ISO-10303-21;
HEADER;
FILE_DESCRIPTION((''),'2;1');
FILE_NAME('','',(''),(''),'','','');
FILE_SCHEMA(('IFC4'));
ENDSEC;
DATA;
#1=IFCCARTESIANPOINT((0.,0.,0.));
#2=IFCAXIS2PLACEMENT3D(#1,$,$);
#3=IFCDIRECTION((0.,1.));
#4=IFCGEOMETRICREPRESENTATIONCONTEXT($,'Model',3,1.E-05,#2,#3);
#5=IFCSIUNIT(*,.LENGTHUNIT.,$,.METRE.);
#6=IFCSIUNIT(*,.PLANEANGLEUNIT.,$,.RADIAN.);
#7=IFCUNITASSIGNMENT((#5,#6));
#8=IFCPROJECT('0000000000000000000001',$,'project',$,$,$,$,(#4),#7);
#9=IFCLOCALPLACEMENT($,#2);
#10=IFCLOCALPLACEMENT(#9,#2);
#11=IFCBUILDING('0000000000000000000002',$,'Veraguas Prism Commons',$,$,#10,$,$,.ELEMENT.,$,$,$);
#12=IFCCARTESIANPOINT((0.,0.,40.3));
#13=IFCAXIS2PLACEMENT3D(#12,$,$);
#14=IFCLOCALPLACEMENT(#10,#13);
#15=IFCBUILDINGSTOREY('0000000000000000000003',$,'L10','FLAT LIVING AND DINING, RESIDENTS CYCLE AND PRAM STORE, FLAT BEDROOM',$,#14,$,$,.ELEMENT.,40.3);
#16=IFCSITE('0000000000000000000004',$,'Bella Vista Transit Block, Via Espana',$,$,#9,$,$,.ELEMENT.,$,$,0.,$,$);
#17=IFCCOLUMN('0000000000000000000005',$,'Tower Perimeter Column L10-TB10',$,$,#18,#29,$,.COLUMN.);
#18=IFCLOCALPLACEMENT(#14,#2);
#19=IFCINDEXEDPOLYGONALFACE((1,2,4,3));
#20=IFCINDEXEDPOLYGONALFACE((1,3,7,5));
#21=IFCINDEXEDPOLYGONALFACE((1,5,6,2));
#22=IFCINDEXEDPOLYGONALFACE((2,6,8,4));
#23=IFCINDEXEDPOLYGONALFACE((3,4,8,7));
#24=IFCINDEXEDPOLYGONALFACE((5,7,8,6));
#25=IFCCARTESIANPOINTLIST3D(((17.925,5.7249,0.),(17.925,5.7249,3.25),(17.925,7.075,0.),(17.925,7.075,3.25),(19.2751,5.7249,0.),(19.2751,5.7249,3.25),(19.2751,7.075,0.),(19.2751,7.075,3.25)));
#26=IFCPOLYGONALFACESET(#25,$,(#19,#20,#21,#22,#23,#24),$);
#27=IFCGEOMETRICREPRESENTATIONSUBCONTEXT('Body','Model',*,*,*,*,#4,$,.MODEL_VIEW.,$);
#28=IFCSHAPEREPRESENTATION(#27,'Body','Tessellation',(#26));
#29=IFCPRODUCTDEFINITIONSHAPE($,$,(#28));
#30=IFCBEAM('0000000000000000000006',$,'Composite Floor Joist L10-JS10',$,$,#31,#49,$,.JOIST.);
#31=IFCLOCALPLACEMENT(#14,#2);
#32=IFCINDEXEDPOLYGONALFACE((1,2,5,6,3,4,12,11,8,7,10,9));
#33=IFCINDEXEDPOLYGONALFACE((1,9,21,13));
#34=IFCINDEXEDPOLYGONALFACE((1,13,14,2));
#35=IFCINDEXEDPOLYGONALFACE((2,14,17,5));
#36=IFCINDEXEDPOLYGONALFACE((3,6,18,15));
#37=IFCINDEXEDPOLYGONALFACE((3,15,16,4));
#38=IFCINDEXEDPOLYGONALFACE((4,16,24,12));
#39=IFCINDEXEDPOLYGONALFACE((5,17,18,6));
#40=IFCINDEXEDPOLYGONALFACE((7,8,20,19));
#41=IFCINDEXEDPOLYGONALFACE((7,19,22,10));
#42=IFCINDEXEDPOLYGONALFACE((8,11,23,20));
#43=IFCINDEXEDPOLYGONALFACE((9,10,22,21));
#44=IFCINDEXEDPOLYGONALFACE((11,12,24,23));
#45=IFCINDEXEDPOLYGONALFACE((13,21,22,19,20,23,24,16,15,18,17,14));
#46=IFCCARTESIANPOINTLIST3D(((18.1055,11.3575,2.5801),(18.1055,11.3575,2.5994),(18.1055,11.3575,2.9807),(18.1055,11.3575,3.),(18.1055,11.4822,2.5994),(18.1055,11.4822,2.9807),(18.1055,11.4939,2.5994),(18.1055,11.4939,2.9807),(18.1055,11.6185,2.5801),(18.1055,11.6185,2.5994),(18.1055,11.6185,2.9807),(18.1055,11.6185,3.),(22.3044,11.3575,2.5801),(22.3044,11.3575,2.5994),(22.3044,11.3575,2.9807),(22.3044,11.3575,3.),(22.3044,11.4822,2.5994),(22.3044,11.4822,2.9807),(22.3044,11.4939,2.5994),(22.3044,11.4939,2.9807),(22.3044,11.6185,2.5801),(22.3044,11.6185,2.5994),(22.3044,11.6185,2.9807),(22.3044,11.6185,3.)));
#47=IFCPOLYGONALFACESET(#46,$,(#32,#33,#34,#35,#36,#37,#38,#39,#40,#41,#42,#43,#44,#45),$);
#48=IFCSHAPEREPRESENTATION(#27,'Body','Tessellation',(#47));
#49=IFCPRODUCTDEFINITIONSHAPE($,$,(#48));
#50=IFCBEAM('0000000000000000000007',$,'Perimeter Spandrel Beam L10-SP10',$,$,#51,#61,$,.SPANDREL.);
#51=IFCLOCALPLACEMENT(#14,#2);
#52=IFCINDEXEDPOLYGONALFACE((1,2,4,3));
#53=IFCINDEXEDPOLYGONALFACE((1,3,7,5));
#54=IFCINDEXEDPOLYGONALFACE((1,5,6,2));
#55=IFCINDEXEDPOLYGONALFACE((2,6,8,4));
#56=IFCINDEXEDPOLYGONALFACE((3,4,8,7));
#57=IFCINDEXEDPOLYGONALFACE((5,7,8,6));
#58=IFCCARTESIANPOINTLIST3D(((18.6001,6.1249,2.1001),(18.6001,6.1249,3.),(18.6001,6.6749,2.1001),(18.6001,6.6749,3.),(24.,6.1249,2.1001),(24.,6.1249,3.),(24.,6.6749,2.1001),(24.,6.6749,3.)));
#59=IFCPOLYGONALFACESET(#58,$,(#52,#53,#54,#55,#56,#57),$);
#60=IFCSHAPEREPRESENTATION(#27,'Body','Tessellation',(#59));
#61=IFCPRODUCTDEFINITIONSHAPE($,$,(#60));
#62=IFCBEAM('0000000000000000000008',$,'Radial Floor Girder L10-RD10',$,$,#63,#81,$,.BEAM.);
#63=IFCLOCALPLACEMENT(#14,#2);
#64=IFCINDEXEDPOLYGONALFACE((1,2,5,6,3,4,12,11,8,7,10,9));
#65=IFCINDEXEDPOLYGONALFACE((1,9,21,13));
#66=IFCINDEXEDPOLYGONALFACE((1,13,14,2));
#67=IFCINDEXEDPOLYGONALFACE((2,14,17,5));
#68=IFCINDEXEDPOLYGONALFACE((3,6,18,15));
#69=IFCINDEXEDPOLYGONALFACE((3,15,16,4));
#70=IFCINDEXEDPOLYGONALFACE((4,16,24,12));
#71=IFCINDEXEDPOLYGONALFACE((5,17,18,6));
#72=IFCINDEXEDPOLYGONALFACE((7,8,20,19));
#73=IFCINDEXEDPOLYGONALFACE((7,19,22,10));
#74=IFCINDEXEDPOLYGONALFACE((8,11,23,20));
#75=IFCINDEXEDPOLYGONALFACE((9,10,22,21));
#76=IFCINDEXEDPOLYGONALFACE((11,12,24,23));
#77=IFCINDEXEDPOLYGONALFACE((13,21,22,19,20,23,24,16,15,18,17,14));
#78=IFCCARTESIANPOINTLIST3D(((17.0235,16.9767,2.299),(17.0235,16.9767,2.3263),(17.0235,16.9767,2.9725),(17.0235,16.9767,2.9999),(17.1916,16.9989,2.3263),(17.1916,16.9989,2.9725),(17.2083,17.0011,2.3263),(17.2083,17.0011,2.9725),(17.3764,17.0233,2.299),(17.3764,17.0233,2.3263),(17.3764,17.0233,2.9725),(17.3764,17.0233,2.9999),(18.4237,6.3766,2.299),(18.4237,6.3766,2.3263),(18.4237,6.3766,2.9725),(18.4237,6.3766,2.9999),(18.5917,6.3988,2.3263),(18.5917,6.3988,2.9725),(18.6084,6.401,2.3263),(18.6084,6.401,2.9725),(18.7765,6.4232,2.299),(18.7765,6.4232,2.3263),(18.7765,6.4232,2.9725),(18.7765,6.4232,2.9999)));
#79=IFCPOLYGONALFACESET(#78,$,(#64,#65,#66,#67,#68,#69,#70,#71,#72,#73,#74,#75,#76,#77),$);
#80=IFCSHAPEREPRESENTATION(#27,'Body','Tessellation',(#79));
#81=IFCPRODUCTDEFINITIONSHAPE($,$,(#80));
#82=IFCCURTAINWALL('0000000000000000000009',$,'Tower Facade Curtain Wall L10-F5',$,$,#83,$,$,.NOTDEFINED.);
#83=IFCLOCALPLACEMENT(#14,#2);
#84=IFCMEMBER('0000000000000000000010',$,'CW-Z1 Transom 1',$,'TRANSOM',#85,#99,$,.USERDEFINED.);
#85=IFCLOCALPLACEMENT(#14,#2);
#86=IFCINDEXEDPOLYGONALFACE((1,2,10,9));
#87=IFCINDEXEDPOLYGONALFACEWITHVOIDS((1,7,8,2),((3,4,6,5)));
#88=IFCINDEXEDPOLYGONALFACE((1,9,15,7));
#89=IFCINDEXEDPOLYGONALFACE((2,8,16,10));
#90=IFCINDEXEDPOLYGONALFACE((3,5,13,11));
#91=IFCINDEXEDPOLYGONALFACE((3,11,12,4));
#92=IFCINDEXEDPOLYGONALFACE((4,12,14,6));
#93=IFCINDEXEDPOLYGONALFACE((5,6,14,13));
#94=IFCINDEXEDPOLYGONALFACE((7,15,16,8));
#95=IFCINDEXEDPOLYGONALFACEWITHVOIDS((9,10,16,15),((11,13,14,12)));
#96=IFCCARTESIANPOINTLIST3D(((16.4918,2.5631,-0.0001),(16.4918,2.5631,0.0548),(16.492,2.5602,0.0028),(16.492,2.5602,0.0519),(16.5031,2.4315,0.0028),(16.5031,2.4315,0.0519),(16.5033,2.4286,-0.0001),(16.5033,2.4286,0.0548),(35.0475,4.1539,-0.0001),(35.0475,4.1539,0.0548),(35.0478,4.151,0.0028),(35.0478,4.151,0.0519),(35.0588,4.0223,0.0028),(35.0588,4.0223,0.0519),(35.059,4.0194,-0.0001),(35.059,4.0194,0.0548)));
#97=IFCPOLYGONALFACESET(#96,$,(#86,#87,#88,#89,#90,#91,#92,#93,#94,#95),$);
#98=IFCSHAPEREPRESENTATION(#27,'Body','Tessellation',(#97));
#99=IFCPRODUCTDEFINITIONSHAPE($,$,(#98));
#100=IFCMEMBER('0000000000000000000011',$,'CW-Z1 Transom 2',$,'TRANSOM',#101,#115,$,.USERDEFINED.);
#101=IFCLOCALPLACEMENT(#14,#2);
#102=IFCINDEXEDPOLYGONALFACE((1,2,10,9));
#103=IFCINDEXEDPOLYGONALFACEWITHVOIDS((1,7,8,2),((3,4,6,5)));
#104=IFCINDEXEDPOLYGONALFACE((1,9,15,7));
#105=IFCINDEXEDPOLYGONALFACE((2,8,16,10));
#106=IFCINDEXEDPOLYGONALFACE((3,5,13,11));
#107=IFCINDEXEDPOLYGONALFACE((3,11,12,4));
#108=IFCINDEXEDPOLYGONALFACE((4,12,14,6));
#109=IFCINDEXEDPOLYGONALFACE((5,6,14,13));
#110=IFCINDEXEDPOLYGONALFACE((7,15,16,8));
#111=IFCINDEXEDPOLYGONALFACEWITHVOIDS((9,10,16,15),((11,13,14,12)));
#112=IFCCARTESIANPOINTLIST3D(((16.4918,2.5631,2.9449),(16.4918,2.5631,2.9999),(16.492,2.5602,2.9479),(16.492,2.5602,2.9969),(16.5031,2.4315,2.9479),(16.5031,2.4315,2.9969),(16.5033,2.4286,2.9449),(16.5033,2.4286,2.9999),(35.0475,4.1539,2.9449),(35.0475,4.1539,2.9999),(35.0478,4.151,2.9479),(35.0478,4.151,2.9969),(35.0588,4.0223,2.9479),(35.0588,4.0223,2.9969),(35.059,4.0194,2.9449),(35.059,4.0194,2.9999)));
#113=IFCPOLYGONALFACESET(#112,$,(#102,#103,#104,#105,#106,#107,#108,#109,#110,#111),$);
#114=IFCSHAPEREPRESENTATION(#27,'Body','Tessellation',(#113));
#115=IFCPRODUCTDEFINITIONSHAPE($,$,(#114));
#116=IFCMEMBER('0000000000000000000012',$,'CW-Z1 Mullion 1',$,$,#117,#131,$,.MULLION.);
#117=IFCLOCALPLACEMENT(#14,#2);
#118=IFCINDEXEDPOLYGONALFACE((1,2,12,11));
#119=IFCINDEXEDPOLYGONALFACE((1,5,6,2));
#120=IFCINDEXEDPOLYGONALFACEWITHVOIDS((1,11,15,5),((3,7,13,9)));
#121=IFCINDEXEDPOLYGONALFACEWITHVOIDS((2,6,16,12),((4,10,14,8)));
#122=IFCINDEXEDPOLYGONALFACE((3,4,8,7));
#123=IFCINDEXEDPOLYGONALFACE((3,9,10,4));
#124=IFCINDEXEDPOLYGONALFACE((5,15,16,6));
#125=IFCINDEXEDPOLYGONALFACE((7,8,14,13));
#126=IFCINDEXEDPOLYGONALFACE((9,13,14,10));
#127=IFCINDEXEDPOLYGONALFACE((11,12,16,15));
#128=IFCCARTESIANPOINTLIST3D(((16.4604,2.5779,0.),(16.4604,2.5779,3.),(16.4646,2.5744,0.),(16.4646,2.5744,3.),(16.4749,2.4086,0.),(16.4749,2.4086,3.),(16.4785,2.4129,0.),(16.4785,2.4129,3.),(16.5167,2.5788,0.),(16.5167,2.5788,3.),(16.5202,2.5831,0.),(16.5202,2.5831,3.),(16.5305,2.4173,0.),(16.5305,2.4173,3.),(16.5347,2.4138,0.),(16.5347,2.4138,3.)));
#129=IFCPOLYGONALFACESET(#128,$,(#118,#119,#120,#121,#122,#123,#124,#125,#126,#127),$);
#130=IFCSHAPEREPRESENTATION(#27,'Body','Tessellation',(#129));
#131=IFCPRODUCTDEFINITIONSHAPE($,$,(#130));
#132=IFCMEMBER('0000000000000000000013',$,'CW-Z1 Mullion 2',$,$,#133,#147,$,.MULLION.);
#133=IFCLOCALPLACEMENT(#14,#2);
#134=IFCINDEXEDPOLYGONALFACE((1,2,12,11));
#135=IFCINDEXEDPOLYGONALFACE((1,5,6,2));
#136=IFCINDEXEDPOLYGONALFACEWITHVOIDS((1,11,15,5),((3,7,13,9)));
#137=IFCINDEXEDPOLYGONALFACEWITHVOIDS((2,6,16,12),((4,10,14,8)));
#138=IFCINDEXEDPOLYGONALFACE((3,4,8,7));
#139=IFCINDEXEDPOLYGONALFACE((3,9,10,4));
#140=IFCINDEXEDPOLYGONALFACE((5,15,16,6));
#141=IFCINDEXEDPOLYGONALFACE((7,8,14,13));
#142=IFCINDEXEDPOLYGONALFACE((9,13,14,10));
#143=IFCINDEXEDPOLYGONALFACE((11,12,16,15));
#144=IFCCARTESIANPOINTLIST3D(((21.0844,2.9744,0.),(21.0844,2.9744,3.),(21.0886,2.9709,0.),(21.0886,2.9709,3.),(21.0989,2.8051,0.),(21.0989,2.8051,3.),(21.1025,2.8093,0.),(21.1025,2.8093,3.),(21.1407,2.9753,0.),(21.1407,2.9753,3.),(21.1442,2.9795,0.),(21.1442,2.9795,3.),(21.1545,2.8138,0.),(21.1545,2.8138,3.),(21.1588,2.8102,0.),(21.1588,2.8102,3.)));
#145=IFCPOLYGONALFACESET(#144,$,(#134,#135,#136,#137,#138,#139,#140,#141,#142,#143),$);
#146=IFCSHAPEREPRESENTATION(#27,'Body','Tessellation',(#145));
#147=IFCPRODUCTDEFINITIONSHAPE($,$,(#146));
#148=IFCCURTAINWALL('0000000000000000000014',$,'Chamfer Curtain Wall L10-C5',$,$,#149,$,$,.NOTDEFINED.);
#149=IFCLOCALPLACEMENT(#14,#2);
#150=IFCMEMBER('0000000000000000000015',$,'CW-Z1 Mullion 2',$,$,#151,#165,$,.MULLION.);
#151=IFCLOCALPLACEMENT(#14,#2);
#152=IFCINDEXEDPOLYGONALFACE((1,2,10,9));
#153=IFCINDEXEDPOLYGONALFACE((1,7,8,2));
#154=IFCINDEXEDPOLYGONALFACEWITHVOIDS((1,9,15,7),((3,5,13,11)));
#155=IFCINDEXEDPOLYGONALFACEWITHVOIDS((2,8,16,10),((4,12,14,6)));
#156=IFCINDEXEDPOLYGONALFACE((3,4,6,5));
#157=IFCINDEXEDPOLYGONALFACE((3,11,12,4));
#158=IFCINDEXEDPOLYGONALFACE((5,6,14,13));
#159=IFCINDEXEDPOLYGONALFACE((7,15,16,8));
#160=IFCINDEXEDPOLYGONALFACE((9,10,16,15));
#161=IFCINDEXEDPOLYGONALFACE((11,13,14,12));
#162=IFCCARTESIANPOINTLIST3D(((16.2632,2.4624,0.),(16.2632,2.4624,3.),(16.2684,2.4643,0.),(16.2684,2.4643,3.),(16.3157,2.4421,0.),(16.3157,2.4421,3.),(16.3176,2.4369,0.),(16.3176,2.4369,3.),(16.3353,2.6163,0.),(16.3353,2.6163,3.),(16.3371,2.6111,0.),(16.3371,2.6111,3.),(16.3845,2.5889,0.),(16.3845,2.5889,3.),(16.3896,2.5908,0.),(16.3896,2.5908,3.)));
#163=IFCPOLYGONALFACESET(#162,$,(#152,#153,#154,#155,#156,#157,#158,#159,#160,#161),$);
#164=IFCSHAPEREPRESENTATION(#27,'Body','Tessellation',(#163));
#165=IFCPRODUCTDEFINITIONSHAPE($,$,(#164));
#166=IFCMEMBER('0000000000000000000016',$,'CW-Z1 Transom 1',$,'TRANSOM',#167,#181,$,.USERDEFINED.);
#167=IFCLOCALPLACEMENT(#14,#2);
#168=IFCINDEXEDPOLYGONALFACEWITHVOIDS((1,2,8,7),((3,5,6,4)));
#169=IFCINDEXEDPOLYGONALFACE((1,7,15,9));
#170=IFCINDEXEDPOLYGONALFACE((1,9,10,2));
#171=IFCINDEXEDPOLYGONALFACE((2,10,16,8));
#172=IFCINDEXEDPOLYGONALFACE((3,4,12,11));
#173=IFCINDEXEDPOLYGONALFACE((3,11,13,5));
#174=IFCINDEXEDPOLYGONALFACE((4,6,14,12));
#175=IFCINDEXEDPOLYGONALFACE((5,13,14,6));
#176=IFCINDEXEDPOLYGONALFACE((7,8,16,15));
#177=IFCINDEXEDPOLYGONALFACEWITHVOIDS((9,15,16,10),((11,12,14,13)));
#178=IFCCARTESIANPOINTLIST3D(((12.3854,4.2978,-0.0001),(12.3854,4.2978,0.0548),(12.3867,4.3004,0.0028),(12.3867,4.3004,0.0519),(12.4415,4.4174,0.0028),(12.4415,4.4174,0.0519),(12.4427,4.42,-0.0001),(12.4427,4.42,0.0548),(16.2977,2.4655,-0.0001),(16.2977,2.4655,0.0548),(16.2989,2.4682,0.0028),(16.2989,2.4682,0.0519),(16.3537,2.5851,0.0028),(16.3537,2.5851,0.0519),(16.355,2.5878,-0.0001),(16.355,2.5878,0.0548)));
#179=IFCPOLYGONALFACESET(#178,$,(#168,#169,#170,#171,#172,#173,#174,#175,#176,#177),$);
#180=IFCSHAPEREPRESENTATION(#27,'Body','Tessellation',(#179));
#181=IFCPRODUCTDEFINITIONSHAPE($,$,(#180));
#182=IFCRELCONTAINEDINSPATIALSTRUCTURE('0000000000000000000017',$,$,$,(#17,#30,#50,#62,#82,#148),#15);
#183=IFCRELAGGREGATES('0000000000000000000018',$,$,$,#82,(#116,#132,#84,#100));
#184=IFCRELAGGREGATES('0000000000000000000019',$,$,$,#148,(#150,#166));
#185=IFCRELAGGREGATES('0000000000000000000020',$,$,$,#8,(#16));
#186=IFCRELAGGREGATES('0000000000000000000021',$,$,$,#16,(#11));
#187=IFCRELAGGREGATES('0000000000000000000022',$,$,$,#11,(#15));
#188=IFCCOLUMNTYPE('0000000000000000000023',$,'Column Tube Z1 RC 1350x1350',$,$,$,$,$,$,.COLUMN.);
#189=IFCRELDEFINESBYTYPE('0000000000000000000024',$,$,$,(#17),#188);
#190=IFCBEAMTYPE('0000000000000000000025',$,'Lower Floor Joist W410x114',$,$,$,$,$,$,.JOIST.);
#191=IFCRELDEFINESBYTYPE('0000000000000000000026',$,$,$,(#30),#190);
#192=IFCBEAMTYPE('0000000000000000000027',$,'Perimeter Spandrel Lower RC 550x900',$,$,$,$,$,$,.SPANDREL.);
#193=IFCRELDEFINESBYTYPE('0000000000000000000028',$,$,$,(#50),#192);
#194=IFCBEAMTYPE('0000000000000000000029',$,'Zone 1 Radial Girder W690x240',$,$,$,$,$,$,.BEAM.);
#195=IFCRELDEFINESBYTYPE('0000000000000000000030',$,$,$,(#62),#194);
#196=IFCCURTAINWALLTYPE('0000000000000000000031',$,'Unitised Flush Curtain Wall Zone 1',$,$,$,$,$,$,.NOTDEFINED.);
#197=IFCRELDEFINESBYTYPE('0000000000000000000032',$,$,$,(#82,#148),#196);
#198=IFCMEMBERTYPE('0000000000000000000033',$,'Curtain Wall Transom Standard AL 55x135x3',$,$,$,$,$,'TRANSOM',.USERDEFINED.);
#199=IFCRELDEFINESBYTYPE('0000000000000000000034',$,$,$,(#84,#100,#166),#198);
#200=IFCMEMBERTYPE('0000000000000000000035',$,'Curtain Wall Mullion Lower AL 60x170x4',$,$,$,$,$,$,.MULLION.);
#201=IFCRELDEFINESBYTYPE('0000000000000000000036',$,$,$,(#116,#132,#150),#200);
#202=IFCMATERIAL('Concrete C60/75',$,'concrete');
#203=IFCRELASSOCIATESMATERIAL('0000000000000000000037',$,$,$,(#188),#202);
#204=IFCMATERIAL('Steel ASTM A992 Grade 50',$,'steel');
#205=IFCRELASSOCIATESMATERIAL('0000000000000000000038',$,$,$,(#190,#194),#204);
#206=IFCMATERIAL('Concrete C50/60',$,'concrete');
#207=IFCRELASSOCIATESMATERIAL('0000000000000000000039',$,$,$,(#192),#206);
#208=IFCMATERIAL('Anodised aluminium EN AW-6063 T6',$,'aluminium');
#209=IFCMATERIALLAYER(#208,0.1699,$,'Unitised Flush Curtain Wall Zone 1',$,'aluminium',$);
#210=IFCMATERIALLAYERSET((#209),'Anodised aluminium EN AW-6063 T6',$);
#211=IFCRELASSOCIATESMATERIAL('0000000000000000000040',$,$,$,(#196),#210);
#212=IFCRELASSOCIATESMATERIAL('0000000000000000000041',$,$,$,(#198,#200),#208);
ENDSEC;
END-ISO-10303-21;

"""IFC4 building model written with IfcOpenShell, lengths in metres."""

from ifc_helpers import new_model, si_unit, direction, frame, origin, origin_2d, place, context, subcontext, project, spatial, rectangle, hollow_rectangle, i_section, extrude, source, transform, mapped, material, layer, layer_set, material_profile, profile_set, type_object, element, aggregate, save


model = new_model("IFC4")

# Units and contexts
model_context = context("Model", 3, precision=1e-05, world=origin(), true_north=direction((0.0, 1.0)))
body_context = subcontext(model_context, "Body", "Model", "MODEL_VIEW")
ifc_project = project(units=[si_unit("LENGTHUNIT", "METRE"), si_unit("PLANEANGLEUNIT", "RADIAN")], contexts=[model_context])

# Site, building, storey
site_placement = place(None, origin())
site = spatial("IfcSite", under=ifc_project, at=site_placement, Name="Bella Vista Transit Block, Via Espana", CompositionType="ELEMENT", RefElevation=0.0)
building_placement = place(site_placement, origin())
building = spatial("IfcBuilding", under=site, at=building_placement, Name="Veraguas Prism Commons", CompositionType="ELEMENT")
storey_placement = place(building_placement, frame((0.0, 0.0, 40.3)))
storey = spatial("IfcBuildingStorey", under=building, at=storey_placement, Name="L10", Description="FLAT LIVING AND DINING, RESIDENTS CYCLE AND PRAM STORE, FLAT BEDROOM", CompositionType="ELEMENT", Elevation=40.3)

# Column
ifc_material_1 = material(Name="Concrete C60/75", Category="concrete")
ifc_material_profile_1 = material_profile(ifc_material_1, rectangle(XDim=1.3501, YDim=1.3501, at=origin_2d()), Name="RC1350X1350")
ifc_profile_set_1 = profile_set([ifc_material_profile_1], Name="Concrete C60/75")
column_type = type_object("IfcColumnType", Name="Column Tube Z1 RC 1350x1350", PredefinedType="COLUMN", material=ifc_profile_set_1)
column_placement = place(storey_placement, frame((18.6001, 6.3999, 0.0), z_axis=(0.0, 0.0, 1.0), x_axis=(1.0, 0.0, 0.0)))
element("IfcColumn", 1, at=column_placement, inside=storey, type_object=column_type, Name="Tower Perimeter Column L10-TB10", PredefinedType="COLUMN", context=body_context, shape_type="SweptSolid", body=[
    extrude(rectangle(XDim=1.3501, YDim=1.3501, at=origin_2d()), origin(), (0.0, 0.0, 1.0), 3.25),
])

# Beams
ifc_material_2 = material(Name="Steel ASTM A992 Grade 50", Category="steel")
ifc_material_profile_2 = material_profile(ifc_material_2, i_section(OverallWidth=0.261, OverallDepth=0.4199, WebThickness=0.0117, FlangeThickness=0.0193, at=origin_2d()), Name="W410X114")
ifc_profile_set_2 = profile_set([ifc_material_profile_2], Name="Steel ASTM A992 Grade 50")
beam_type_1 = type_object("IfcBeamType", Name="Lower Floor Joist W410x114", PredefinedType="JOIST", material=ifc_profile_set_2)
beam_1_placement = place(storey_placement, frame((18.1055, 11.488, 2.79), z_axis=(1.0, 0.0, 0.0), x_axis=(0.0, 1.0, 0.0)))
element("IfcBeam", 2, at=beam_1_placement, inside=storey, type_object=beam_type_1, Name="Composite Floor Joist L10-JS10", PredefinedType="JOIST", context=body_context, shape_type="SweptSolid", body=[
    extrude(i_section(OverallWidth=0.261, OverallDepth=0.4199, WebThickness=0.0117, FlangeThickness=0.0193, at=origin_2d()), origin(), (0.0, 0.0, 1.0), 4.199),
])
ifc_material_3 = material(Name="Concrete C50/60", Category="concrete")
ifc_material_profile_3 = material_profile(ifc_material_3, rectangle(XDim=0.55, YDim=0.8999, at=origin_2d()), Name="RC550X900")
ifc_profile_set_3 = profile_set([ifc_material_profile_3], Name="Concrete C50/60")
beam_type_2 = type_object("IfcBeamType", Name="Perimeter Spandrel Lower RC 550x900", PredefinedType="SPANDREL", material=ifc_profile_set_3)
beam_2_placement = place(storey_placement, frame((18.6001, 6.3999, 2.55), z_axis=(1.0, 0.0, 0.0), x_axis=(0.0, 1.0, 0.0)))
element("IfcBeam", 3, at=beam_2_placement, inside=storey, type_object=beam_type_2, Name="Perimeter Spandrel Beam L10-SP10", PredefinedType="SPANDREL", context=body_context, shape_type="SweptSolid", body=[
    extrude(rectangle(XDim=0.55, YDim=0.8999, at=origin_2d()), origin(), (0.0, 0.0, 1.0), 5.3999),
])
ifc_material_profile_4 = material_profile(ifc_material_2, i_section(OverallWidth=0.356, OverallDepth=0.7009, WebThickness=0.0168, FlangeThickness=0.0273, at=origin_2d()), Name="W690X240")
ifc_profile_set_4 = profile_set([ifc_material_profile_4], Name="Steel ASTM A992 Grade 50")
beam_type_3 = type_object("IfcBeamType", Name="Zone 1 Radial Girder W690x240", PredefinedType="BEAM", material=ifc_profile_set_4)
beam_3_placement = place(storey_placement, frame((18.6001, 6.3999, 2.6494), z_axis=(-0.130951, 0.991389, 0.0), x_axis=(-0.991389, -0.130951, 0.0)))
element("IfcBeam", 4, at=beam_3_placement, inside=storey, type_object=beam_type_3, Name="Radial Floor Girder L10-RD10", PredefinedType="BEAM", context=body_context, shape_type="SweptSolid", body=[
    extrude(i_section(OverallWidth=0.356, OverallDepth=0.7009, WebThickness=0.0168, FlangeThickness=0.0273, at=origin_2d()), origin(), (0.0, 0.0, 1.0), 10.6921),
])

# Curtain walls, members
ifc_material_4 = material(Name="Anodised aluminium EN AW-6063 T6", Category="aluminium")
ifc_layer_1 = layer(ifc_material_4, 0.1699, Name="Unitised Flush Curtain Wall Zone 1", Category="aluminium")
ifc_layer_set_1 = layer_set([ifc_layer_1], Name="Anodised aluminium EN AW-6063 T6")
curtain_wall_type = type_object("IfcCurtainWallType", Name="Unitised Flush Curtain Wall Zone 1", PredefinedType="NOTDEFINED", material=ifc_layer_set_1)
curtain_wall_1_placement = place(storey_placement, origin())
curtain_wall_1 = element("IfcCurtainWall", 5, at=curtain_wall_1_placement, inside=storey, type_object=curtain_wall_type, Name="Tower Facade Curtain Wall L10-F5", PredefinedType="NOTDEFINED")
ifc_material_profile_5 = material_profile(ifc_material_4, hollow_rectangle(XDim=0.0549, YDim=0.135, WallThickness=0.0029, at=origin_2d()), Name="AL55X135X3")
ifc_profile_set_5 = profile_set([ifc_material_profile_5], Name="Anodised aluminium EN AW-6063 T6")
member_type_1 = type_object("IfcMemberType", Name="Curtain Wall Transom Standard AL 55x135x3", ElementType="TRANSOM", PredefinedType="USERDEFINED", material=ifc_profile_set_5)
shared_shape_1 = source(origin(), body_context, "Body", "SweptSolid", [
    extrude(hollow_rectangle(XDim=0.0549, YDim=0.135, WallThickness=0.0029, at=origin_2d()), origin(), (0.0, 0.0, 1.0), 18.6238),
])
member_1_placement = place(storey_placement, frame((16.4976, 2.4958, 0.0273), z_axis=(0.996345, 0.085419, 0.0), x_axis=(0.0, 0.0, 1.0)))
member_1 = element("IfcMember", 6, at=member_1_placement, type_object=member_type_1, Name="CW-Z1 Transom 1", ObjectType="TRANSOM", PredefinedType="USERDEFINED", context=body_context, shape_type="MappedRepresentation", body=[
    mapped(shared_shape_1, transform((0.0, 0.0, 0.0), scale=1.0)),
])
member_2_placement = place(storey_placement, frame((16.4976, 2.4958, 2.9724), z_axis=(0.996345, 0.085419, 0.0), x_axis=(0.0, 0.0, 1.0)))
member_2 = element("IfcMember", 7, at=member_2_placement, type_object=member_type_1, Name="CW-Z1 Transom 2", ObjectType="TRANSOM", PredefinedType="USERDEFINED", context=body_context, shape_type="MappedRepresentation", body=[
    mapped(shared_shape_1, transform((0.0, 0.0, 0.0), scale=1.0)),
])
ifc_material_profile_6 = material_profile(ifc_material_4, hollow_rectangle(XDim=0.0601, YDim=0.1699, WallThickness=0.0039, at=origin_2d()), Name="AL60X170X4")
ifc_profile_set_6 = profile_set([ifc_material_profile_6], Name="Anodised aluminium EN AW-6063 T6")
member_type_2 = type_object("IfcMemberType", Name="Curtain Wall Mullion Lower AL 60x170x4", PredefinedType="MULLION", material=ifc_profile_set_6)
shared_shape_2 = source(origin(), body_context, "Body", "SweptSolid", [
    extrude(hollow_rectangle(XDim=0.0601, YDim=0.1699, WallThickness=0.0039, at=origin_2d()), origin(), (0.0, 0.0, 1.0), 3.0),
])
member_3_placement = place(storey_placement, frame((16.4976, 2.4958, 0.0), z_axis=(0.0, 0.0, 1.0), x_axis=(0.996345, 0.085417, 0.0)))
member_3 = element("IfcMember", 8, at=member_3_placement, type_object=member_type_2, Name="CW-Z1 Mullion 1", PredefinedType="MULLION", context=body_context, shape_type="MappedRepresentation", body=[
    mapped(shared_shape_2, transform((0.0, 0.0, 0.0), scale=1.0)),
])
member_4_placement = place(storey_placement, frame((21.1216, 2.8923, 0.0), z_axis=(0.0, 0.0, 1.0), x_axis=(0.996345, 0.085417, 0.0)))
member_4 = element("IfcMember", 9, at=member_4_placement, type_object=member_type_2, Name="CW-Z1 Mullion 2", PredefinedType="MULLION", context=body_context, shape_type="MappedRepresentation", body=[
    mapped(shared_shape_2, transform((0.0, 0.0, 0.0), scale=1.0)),
])
curtain_wall_2_placement = place(storey_placement, origin())
curtain_wall_2 = element("IfcCurtainWall", 10, at=curtain_wall_2_placement, inside=storey, type_object=curtain_wall_type, Name="Chamfer Curtain Wall L10-C5", PredefinedType="NOTDEFINED")
member_5_placement = place(storey_placement, frame((16.3264, 2.5266, 0.0), z_axis=(0.0, 0.0, 1.0), x_axis=(0.905581, -0.424173, 0.0)))
member_5 = element("IfcMember", 11, at=member_5_placement, type_object=member_type_2, Name="CW-Z1 Mullion 2", PredefinedType="MULLION", context=body_context, shape_type="MappedRepresentation", body=[
    mapped(shared_shape_2, transform((0.0, 0.0, 0.0), scale=1.0)),
])
shared_shape_3 = source(origin(), body_context, "Body", "SweptSolid", [
    extrude(hollow_rectangle(XDim=0.0549, YDim=0.135, WallThickness=0.0029, at=origin_2d()), origin(), (0.0, 0.0, 1.0), 4.3201),
])
member_6_placement = place(storey_placement, frame((12.4141, 4.3589, 0.0273), z_axis=(0.905605, -0.424123, 0.0), x_axis=(0.0, 0.0, 1.0)))
member_6 = element("IfcMember", 12, at=member_6_placement, type_object=member_type_1, Name="CW-Z1 Transom 1", ObjectType="TRANSOM", PredefinedType="USERDEFINED", context=body_context, shape_type="MappedRepresentation", body=[
    mapped(shared_shape_3, transform((0.0, 0.0, 0.0), scale=1.0)),
])

aggregate(curtain_wall_1, [member_3, member_4, member_1, member_2])
aggregate(curtain_wall_2, [member_5, member_6])

save(model, "model.ifc")
